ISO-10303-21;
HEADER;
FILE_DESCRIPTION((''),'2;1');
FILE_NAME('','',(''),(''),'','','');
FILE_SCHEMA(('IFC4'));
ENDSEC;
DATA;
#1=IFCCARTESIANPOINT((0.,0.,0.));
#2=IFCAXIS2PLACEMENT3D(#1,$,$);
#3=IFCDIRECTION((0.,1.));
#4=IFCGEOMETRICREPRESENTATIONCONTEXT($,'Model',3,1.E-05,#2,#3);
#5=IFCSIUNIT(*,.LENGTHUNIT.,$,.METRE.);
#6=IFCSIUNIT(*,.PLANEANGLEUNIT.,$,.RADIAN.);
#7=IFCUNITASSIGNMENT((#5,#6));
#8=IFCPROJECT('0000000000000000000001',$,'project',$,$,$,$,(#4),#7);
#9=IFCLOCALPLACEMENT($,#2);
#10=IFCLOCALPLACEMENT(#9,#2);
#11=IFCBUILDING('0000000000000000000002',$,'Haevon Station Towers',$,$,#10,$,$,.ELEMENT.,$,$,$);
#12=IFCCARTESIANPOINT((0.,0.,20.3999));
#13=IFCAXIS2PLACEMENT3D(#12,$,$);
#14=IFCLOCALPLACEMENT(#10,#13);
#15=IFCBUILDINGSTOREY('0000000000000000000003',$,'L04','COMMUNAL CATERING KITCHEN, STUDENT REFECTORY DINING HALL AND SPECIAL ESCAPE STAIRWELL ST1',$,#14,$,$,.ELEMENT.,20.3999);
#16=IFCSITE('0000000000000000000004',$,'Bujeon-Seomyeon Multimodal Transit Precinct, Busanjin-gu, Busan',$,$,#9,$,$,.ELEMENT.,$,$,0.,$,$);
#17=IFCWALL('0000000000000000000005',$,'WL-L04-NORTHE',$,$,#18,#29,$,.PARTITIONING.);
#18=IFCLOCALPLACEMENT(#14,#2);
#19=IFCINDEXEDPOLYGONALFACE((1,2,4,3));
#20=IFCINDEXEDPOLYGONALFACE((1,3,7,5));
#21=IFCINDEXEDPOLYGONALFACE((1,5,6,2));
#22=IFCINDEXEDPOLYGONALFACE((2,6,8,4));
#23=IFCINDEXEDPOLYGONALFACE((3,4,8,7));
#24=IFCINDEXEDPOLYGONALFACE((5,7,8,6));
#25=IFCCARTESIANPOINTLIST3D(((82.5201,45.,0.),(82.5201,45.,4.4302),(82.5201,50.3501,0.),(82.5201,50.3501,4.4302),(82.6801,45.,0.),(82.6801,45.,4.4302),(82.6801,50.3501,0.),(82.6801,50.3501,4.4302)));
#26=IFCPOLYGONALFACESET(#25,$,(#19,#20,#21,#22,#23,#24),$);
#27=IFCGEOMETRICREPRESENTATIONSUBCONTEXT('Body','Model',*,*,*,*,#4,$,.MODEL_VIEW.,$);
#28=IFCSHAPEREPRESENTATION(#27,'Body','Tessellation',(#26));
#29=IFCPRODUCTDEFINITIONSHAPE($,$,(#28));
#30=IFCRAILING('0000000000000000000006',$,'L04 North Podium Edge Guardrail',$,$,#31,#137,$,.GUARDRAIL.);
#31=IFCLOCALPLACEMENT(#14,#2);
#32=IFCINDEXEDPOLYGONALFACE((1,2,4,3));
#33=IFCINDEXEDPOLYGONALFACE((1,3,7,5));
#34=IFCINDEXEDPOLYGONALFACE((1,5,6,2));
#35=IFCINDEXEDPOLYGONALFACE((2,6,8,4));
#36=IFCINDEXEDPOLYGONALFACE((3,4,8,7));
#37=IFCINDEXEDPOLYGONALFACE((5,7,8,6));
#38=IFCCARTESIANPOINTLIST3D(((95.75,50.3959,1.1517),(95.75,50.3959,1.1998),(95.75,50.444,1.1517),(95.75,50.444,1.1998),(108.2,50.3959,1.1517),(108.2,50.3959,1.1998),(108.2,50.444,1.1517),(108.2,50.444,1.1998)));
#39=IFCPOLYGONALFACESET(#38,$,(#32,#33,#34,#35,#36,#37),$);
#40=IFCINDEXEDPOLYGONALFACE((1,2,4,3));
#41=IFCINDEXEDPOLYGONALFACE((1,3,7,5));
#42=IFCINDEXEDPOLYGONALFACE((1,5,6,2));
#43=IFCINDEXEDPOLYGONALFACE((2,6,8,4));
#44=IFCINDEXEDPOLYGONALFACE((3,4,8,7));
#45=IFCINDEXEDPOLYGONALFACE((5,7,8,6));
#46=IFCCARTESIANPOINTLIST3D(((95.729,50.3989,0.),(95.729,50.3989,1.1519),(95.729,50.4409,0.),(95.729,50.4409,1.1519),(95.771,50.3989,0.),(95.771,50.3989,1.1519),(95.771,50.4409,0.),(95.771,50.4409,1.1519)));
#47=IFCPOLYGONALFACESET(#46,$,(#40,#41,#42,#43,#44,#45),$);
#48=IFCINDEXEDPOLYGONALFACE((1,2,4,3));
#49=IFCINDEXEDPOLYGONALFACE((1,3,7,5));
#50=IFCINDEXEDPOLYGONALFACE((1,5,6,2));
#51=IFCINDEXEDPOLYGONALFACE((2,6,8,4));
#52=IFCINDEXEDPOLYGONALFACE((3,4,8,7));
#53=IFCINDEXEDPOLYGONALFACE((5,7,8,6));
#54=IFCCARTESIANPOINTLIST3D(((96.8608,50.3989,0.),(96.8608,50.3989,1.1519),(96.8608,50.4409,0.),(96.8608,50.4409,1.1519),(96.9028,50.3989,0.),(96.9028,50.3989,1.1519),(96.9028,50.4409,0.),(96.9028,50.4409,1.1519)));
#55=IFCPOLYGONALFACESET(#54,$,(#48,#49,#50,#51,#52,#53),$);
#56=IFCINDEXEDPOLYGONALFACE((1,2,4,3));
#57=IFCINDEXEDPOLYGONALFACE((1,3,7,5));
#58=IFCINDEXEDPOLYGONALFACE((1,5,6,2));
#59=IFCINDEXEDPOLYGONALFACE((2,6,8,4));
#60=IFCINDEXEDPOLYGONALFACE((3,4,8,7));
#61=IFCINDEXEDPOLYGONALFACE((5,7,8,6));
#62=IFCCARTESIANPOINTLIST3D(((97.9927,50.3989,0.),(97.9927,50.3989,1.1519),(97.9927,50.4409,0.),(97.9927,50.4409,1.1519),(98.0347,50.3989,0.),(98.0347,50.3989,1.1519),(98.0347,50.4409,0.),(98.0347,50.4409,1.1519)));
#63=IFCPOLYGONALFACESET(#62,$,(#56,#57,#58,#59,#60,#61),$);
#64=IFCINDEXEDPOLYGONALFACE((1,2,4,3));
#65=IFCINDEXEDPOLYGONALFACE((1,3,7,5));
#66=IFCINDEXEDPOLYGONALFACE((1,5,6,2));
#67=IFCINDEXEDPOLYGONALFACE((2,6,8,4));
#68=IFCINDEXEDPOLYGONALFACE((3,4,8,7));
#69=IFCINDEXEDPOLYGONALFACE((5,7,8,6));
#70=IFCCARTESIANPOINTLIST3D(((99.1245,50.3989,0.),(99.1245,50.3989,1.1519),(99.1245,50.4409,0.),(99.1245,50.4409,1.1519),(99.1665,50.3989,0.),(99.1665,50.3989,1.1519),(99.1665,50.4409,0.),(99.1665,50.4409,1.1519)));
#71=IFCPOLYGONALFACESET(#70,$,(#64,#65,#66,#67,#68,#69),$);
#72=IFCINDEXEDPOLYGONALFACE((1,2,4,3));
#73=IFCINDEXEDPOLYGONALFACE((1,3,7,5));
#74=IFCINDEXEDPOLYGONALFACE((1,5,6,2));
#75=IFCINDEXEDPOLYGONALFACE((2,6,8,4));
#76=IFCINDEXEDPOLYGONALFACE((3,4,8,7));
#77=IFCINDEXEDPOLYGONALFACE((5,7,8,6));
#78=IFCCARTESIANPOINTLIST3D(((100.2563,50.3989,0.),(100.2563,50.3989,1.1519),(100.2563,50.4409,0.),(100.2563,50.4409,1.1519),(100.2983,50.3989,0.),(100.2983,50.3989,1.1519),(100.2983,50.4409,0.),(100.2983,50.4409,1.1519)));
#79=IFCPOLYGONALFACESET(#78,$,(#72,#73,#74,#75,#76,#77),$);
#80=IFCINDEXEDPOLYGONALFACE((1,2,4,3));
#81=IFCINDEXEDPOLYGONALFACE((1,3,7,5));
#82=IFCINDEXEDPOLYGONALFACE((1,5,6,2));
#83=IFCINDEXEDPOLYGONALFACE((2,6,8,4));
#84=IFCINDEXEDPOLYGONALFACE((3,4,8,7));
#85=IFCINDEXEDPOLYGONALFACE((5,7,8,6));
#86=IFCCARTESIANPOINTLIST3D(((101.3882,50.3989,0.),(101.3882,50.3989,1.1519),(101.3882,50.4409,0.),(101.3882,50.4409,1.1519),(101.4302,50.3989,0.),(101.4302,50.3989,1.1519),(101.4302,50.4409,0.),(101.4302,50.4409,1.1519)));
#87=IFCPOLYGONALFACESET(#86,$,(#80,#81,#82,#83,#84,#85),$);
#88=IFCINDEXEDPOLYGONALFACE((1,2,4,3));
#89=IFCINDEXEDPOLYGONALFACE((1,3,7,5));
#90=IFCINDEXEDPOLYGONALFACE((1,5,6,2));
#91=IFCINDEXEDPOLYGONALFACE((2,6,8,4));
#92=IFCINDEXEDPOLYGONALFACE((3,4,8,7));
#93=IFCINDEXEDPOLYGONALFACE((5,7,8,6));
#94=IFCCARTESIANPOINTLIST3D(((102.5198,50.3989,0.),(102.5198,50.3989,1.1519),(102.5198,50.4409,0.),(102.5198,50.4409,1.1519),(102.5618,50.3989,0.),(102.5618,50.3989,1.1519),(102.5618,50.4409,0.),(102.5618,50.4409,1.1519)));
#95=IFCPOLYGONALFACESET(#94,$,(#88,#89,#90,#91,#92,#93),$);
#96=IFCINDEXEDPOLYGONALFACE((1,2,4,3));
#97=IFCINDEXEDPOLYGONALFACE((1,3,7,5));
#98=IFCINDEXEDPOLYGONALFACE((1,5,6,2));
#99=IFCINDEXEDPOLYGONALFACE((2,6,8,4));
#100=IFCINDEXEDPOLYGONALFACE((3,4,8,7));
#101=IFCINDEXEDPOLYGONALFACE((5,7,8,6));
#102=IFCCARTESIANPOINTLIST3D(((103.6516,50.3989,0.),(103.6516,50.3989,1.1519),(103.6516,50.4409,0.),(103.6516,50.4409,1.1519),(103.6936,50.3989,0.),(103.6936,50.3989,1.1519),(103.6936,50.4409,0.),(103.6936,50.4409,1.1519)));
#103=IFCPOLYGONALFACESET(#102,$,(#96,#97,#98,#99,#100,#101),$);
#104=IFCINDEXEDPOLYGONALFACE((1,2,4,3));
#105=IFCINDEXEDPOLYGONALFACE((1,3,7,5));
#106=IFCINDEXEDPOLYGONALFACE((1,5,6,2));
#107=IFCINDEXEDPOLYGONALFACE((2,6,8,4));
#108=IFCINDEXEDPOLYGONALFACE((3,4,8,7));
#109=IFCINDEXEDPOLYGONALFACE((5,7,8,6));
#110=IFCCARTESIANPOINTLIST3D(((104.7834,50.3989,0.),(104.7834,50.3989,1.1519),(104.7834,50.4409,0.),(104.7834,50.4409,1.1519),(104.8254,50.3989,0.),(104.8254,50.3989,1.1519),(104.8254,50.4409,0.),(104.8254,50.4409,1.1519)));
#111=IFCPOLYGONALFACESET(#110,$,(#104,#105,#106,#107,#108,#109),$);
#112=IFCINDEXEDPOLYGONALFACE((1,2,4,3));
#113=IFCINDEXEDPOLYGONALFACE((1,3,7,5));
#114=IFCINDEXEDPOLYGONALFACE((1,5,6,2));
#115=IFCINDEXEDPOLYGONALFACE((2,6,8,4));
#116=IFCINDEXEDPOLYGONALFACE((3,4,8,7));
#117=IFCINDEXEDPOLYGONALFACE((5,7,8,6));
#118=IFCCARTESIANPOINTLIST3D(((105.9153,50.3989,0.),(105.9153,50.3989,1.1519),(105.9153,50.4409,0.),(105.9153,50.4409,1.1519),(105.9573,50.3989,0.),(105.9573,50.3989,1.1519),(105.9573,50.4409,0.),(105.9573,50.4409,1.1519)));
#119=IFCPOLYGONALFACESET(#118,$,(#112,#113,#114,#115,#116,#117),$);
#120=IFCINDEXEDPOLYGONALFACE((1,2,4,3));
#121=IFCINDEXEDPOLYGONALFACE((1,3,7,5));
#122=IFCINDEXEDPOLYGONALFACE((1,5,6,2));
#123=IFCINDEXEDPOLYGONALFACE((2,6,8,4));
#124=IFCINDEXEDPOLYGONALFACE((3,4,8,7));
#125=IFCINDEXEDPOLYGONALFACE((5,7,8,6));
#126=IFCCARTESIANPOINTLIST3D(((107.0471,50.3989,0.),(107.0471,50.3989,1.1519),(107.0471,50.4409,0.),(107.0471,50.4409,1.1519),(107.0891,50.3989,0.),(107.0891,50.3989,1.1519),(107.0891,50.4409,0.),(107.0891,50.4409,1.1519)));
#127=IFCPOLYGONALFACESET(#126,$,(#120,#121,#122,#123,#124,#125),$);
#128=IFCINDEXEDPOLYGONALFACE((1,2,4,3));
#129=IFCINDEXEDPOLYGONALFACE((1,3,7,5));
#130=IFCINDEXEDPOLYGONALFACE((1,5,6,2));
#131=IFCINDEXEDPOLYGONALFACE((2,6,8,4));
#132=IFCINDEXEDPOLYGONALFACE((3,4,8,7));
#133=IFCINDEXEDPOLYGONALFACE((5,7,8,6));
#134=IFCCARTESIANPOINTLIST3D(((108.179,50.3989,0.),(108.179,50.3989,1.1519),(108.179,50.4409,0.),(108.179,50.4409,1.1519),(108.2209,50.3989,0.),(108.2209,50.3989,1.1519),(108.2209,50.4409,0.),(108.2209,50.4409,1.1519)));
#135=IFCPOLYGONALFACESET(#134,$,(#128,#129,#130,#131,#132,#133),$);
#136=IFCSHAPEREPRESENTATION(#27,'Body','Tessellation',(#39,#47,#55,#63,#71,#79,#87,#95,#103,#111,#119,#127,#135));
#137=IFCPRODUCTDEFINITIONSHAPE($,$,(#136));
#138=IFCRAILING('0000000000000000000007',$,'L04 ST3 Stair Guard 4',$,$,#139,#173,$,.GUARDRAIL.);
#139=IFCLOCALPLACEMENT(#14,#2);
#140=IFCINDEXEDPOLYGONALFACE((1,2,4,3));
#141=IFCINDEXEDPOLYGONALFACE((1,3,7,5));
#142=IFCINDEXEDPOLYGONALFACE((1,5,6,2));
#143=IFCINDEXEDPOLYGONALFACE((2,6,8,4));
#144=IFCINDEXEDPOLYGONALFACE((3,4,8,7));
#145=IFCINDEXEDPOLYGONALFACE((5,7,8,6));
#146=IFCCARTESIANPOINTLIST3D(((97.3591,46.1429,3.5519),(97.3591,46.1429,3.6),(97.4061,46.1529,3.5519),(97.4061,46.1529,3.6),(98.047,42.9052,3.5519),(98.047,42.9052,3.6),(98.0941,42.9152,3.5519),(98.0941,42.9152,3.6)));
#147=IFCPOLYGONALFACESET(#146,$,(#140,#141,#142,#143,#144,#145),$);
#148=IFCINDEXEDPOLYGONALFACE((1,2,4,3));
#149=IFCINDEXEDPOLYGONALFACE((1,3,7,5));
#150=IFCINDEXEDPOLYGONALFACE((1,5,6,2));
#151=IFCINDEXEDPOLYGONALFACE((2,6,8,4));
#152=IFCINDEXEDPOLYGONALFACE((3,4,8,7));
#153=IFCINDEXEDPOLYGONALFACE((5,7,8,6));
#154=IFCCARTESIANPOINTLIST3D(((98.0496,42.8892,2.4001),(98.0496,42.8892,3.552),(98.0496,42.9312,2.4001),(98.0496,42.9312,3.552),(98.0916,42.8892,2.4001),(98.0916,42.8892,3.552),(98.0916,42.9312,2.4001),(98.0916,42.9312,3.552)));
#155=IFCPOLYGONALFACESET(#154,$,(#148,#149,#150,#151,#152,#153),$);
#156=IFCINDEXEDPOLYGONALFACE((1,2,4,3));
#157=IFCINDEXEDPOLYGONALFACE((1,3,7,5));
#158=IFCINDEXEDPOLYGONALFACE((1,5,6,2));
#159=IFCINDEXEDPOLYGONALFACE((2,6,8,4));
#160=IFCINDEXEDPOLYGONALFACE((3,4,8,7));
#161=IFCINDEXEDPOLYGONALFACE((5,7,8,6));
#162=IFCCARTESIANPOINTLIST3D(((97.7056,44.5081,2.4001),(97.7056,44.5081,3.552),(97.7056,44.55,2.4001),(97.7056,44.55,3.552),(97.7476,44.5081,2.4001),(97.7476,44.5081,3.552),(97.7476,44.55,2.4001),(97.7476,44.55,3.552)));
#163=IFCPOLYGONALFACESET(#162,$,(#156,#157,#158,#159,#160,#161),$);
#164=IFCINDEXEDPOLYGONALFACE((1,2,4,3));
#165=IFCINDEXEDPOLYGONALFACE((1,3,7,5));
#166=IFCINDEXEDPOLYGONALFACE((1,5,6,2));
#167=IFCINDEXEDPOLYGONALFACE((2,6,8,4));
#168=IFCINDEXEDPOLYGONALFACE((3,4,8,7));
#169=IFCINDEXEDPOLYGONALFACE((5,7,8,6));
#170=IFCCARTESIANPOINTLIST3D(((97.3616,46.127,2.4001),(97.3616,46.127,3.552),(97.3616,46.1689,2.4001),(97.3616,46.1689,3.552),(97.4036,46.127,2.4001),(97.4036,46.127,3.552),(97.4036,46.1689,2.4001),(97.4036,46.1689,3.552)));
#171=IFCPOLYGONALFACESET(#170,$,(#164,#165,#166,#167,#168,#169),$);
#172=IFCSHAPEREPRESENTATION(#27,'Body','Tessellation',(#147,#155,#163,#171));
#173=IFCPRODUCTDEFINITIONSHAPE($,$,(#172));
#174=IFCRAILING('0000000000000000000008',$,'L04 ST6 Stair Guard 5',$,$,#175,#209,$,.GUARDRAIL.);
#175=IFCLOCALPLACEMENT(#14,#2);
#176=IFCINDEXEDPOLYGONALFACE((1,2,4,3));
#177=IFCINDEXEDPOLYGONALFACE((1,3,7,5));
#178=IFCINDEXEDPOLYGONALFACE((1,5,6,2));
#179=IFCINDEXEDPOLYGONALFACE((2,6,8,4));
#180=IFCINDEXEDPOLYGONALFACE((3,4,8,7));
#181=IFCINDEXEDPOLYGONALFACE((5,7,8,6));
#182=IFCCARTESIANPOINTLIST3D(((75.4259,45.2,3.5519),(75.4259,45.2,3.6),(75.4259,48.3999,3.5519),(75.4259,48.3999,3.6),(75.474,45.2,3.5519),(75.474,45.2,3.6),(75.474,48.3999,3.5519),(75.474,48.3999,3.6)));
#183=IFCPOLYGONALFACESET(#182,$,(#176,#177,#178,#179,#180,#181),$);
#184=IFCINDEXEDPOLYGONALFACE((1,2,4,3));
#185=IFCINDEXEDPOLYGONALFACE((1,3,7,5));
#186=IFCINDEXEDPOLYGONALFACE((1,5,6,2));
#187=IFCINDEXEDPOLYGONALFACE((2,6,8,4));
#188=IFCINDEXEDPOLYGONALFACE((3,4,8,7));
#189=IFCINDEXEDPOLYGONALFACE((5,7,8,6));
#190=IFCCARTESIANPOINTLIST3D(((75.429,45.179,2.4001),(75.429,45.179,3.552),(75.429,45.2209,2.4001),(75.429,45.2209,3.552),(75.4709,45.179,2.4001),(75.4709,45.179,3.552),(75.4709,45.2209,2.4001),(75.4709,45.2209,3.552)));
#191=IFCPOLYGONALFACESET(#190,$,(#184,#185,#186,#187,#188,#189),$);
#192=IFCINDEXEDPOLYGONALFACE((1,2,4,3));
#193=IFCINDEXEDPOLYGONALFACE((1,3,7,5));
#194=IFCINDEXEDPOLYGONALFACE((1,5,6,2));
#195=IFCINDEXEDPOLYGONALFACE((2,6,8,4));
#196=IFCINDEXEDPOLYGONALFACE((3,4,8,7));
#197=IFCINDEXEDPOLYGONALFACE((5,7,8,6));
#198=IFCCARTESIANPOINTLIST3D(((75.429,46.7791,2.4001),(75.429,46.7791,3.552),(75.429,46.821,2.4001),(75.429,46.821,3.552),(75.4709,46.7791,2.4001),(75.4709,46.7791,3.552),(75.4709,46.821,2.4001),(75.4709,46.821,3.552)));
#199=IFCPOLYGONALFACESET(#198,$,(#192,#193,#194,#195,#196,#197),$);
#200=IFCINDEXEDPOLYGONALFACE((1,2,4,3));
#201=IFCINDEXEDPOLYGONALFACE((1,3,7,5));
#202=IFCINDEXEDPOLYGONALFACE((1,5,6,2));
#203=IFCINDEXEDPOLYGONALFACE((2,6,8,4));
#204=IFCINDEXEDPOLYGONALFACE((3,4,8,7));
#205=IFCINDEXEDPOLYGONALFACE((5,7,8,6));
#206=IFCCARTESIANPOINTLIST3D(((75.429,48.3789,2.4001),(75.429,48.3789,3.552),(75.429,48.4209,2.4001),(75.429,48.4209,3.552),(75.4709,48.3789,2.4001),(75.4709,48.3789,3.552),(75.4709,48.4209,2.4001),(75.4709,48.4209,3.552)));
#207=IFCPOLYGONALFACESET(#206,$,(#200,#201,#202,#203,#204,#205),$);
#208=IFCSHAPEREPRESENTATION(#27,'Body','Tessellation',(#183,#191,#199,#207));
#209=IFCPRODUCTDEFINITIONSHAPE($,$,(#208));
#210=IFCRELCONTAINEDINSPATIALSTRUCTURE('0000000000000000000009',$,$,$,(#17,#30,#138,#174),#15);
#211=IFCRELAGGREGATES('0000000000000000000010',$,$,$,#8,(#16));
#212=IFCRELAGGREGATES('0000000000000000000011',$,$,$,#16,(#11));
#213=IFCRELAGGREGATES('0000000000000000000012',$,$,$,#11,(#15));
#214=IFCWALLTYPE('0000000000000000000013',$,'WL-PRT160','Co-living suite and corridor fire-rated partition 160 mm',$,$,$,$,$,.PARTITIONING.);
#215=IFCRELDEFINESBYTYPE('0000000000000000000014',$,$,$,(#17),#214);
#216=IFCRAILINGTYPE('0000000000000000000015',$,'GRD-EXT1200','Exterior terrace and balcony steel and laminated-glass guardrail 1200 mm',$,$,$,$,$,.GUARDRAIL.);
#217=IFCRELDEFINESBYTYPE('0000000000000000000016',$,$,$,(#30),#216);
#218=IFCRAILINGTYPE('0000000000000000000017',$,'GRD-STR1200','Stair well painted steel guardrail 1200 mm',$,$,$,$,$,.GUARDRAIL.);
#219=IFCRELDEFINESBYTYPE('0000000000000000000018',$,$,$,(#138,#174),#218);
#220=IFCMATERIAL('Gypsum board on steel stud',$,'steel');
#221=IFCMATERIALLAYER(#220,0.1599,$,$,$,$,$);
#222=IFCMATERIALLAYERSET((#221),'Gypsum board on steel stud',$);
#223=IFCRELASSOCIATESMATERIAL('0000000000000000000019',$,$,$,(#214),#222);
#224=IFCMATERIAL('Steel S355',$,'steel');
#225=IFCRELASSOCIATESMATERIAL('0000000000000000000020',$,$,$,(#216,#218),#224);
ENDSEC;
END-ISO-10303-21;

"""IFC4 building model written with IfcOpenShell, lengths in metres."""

from ifc_helpers import new_model, si_unit, direction, frame, frame_2d, origin, origin_2d, place, context, subcontext, project, spatial, rectangle, extrude, material, layer, layer_set, type_object, element, save


model = new_model("IFC4")

# Units and contexts
model_context = context("Model", 3, precision=1e-05, world=origin(), true_north=direction((0.0, 1.0)))
body_context = subcontext(model_context, "Body", "Model", "MODEL_VIEW")
ifc_project = project(units=[si_unit("LENGTHUNIT", "METRE"), si_unit("PLANEANGLEUNIT", "RADIAN")], contexts=[model_context])

# Site, building, storey
site_placement = place(None, origin())
site = spatial("IfcSite", under=ifc_project, at=site_placement, Name="Bujeon-Seomyeon Multimodal Transit Precinct, Busanjin-gu, Busan", CompositionType="ELEMENT", RefElevation=0.0)
building_placement = place(site_placement, origin())
building = spatial("IfcBuilding", under=site, at=building_placement, Name="Haevon Station Towers", CompositionType="ELEMENT")
storey_placement = place(building_placement, frame((0.0, 0.0, 20.3999)))
storey = spatial("IfcBuildingStorey", under=building, at=storey_placement, Name="L04", Description="COMMUNAL CATERING KITCHEN, STUDENT REFECTORY DINING HALL AND SPECIAL ESCAPE STAIRWELL ST1", CompositionType="ELEMENT", Elevation=20.3999)

# Shared definitions
ifc_material_1 = material(Name="Steel S355", Category="steel")

# Shared definitions
ifc_material_2 = material(Name="Gypsum board on steel stud", Category="steel")
ifc_layer_1 = layer(ifc_material_2, 0.1599)
ifc_layer_set_1 = layer_set([ifc_layer_1], Name="Gypsum board on steel stud")
wall_type_1 = type_object("IfcWallType", Name="WL-PRT160", Description="Co-living suite and corridor fire-rated partition 160 mm", PredefinedType="PARTITIONING", material=ifc_layer_set_1)

# Wall
wall_1_placement = place(storey_placement, frame((82.6001, 45.0, 0.0), z_axis=(0.0, 0.0, 1.0), x_axis=(0.0, 1.0, 0.0)))
element("IfcWall", 1, at=wall_1_placement, inside=storey, type_object=wall_type_1, Name="WL-L04-NORTHE", PredefinedType="PARTITIONING", context=body_context, shape_type="SweptSolid", body=[
    extrude(rectangle(XDim=5.3501, YDim=0.1599, at=frame_2d((2.675, 0.0))), origin(), (0.0, 0.0, 1.0), 4.4302),
])

# Railings
railing_type_1 = type_object("IfcRailingType", Name="GRD-EXT1200", Description="Exterior terrace and balcony steel and laminated-glass guardrail 1200 mm", PredefinedType="GUARDRAIL", material=ifc_material_1)
railing_1_placement = place(storey_placement, frame((95.75, 50.4199, 0.0)))
element("IfcRailing", 2, at=railing_1_placement, inside=storey, type_object=railing_type_1, Name="L04 North Podium Edge Guardrail", PredefinedType="GUARDRAIL", context=body_context, shape_type="SweptSolid", body=[
    extrude(rectangle(XDim=0.0481, YDim=0.0481, at=origin_2d()), frame((0.0, 0.0, 1.1758), z_axis=(1.0, 0.0, 0.0), x_axis=(0.0, 1.0, 0.0)), (0.0, 0.0, 1.0), 12.45),
    extrude(rectangle(XDim=0.042, YDim=0.042, at=origin_2d()), origin(), (0.0, 0.0, 1.0), 1.1519),
    extrude(rectangle(XDim=0.042, YDim=0.042, at=origin_2d()), frame((1.1318, 0.0, 0.0)), (0.0, 0.0, 1.0), 1.1519),
    extrude(rectangle(XDim=0.042, YDim=0.042, at=origin_2d()), frame((2.2637, 0.0, 0.0)), (0.0, 0.0, 1.0), 1.1519),
    extrude(rectangle(XDim=0.042, YDim=0.042, at=origin_2d()), frame((3.3955, 0.0, 0.0)), (0.0, 0.0, 1.0), 1.1519),
    extrude(rectangle(XDim=0.042, YDim=0.042, at=origin_2d()), frame((4.5273, 0.0, 0.0)), (0.0, 0.0, 1.0), 1.1519),
    extrude(rectangle(XDim=0.042, YDim=0.042, at=origin_2d()), frame((5.6592, 0.0, 0.0)), (0.0, 0.0, 1.0), 1.1519),
    extrude(rectangle(XDim=0.042, YDim=0.042, at=origin_2d()), frame((6.7908, 0.0, 0.0)), (0.0, 0.0, 1.0), 1.1519),
    extrude(rectangle(XDim=0.042, YDim=0.042, at=origin_2d()), frame((7.9226, 0.0, 0.0)), (0.0, 0.0, 1.0), 1.1519),
    extrude(rectangle(XDim=0.042, YDim=0.042, at=origin_2d()), frame((9.0544, 0.0, 0.0)), (0.0, 0.0, 1.0), 1.1519),
    extrude(rectangle(XDim=0.042, YDim=0.042, at=origin_2d()), frame((10.1863, 0.0, 0.0)), (0.0, 0.0, 1.0), 1.1519),
    extrude(rectangle(XDim=0.042, YDim=0.042, at=origin_2d()), frame((11.3181, 0.0, 0.0)), (0.0, 0.0, 1.0), 1.1519),
    extrude(rectangle(XDim=0.042, YDim=0.042, at=origin_2d()), frame((12.45, 0.0, 0.0)), (0.0, 0.0, 1.0), 1.1519),
])
railing_type_2 = type_object("IfcRailingType", Name="GRD-STR1200", Description="Stair well painted steel guardrail 1200 mm", PredefinedType="GUARDRAIL", material=ifc_material_1)
railing_2_placement = place(storey_placement, frame((98.0706, 42.9102, 2.4001)))
element("IfcRailing", 3, at=railing_2_placement, inside=storey, type_object=railing_type_2, Name="L04 ST3 Stair Guard 4", PredefinedType="GUARDRAIL", context=body_context, shape_type="SweptSolid", body=[
    extrude(rectangle(XDim=0.0481, YDim=0.0481, at=origin_2d()), frame((0.0, 0.0, 1.1758), z_axis=(-0.207846, 0.978161, 0.0), x_axis=(-0.978161, -0.207846, 0.0)), (0.0, 0.0, 1.0), 3.3101),
    extrude(rectangle(XDim=0.042, YDim=0.042, at=origin_2d()), origin(), (0.0, 0.0, 1.0), 1.1519),
    extrude(rectangle(XDim=0.042, YDim=0.042, at=origin_2d()), frame((-0.344, 1.6189, 0.0)), (0.0, 0.0, 1.0), 1.1519),
    extrude(rectangle(XDim=0.042, YDim=0.042, at=origin_2d()), frame((-0.688, 3.2378, 0.0)), (0.0, 0.0, 1.0), 1.1519),
])
railing_3_placement = place(storey_placement, frame((75.45, 45.2, 2.4001)))
element("IfcRailing", 4, at=railing_3_placement, inside=storey, type_object=railing_type_2, Name="L04 ST6 Stair Guard 5", PredefinedType="GUARDRAIL", context=body_context, shape_type="SweptSolid", body=[
    extrude(rectangle(XDim=0.0481, YDim=0.0481, at=origin_2d()), frame((0.0, 0.0, 1.1758), z_axis=(0.0, 1.0, 0.0), x_axis=(-1.0, 0.0, 0.0)), (0.0, 0.0, 1.0), 3.2),
    extrude(rectangle(XDim=0.042, YDim=0.042, at=origin_2d()), origin(), (0.0, 0.0, 1.0), 1.1519),
    extrude(rectangle(XDim=0.042, YDim=0.042, at=origin_2d()), frame((0.0, 1.6001, 0.0)), (0.0, 0.0, 1.0), 1.1519),
    extrude(rectangle(XDim=0.042, YDim=0.042, at=origin_2d()), frame((0.0, 3.2, 0.0)), (0.0, 0.0, 1.0), 1.1519),
])

save(model, "model.ifc")
